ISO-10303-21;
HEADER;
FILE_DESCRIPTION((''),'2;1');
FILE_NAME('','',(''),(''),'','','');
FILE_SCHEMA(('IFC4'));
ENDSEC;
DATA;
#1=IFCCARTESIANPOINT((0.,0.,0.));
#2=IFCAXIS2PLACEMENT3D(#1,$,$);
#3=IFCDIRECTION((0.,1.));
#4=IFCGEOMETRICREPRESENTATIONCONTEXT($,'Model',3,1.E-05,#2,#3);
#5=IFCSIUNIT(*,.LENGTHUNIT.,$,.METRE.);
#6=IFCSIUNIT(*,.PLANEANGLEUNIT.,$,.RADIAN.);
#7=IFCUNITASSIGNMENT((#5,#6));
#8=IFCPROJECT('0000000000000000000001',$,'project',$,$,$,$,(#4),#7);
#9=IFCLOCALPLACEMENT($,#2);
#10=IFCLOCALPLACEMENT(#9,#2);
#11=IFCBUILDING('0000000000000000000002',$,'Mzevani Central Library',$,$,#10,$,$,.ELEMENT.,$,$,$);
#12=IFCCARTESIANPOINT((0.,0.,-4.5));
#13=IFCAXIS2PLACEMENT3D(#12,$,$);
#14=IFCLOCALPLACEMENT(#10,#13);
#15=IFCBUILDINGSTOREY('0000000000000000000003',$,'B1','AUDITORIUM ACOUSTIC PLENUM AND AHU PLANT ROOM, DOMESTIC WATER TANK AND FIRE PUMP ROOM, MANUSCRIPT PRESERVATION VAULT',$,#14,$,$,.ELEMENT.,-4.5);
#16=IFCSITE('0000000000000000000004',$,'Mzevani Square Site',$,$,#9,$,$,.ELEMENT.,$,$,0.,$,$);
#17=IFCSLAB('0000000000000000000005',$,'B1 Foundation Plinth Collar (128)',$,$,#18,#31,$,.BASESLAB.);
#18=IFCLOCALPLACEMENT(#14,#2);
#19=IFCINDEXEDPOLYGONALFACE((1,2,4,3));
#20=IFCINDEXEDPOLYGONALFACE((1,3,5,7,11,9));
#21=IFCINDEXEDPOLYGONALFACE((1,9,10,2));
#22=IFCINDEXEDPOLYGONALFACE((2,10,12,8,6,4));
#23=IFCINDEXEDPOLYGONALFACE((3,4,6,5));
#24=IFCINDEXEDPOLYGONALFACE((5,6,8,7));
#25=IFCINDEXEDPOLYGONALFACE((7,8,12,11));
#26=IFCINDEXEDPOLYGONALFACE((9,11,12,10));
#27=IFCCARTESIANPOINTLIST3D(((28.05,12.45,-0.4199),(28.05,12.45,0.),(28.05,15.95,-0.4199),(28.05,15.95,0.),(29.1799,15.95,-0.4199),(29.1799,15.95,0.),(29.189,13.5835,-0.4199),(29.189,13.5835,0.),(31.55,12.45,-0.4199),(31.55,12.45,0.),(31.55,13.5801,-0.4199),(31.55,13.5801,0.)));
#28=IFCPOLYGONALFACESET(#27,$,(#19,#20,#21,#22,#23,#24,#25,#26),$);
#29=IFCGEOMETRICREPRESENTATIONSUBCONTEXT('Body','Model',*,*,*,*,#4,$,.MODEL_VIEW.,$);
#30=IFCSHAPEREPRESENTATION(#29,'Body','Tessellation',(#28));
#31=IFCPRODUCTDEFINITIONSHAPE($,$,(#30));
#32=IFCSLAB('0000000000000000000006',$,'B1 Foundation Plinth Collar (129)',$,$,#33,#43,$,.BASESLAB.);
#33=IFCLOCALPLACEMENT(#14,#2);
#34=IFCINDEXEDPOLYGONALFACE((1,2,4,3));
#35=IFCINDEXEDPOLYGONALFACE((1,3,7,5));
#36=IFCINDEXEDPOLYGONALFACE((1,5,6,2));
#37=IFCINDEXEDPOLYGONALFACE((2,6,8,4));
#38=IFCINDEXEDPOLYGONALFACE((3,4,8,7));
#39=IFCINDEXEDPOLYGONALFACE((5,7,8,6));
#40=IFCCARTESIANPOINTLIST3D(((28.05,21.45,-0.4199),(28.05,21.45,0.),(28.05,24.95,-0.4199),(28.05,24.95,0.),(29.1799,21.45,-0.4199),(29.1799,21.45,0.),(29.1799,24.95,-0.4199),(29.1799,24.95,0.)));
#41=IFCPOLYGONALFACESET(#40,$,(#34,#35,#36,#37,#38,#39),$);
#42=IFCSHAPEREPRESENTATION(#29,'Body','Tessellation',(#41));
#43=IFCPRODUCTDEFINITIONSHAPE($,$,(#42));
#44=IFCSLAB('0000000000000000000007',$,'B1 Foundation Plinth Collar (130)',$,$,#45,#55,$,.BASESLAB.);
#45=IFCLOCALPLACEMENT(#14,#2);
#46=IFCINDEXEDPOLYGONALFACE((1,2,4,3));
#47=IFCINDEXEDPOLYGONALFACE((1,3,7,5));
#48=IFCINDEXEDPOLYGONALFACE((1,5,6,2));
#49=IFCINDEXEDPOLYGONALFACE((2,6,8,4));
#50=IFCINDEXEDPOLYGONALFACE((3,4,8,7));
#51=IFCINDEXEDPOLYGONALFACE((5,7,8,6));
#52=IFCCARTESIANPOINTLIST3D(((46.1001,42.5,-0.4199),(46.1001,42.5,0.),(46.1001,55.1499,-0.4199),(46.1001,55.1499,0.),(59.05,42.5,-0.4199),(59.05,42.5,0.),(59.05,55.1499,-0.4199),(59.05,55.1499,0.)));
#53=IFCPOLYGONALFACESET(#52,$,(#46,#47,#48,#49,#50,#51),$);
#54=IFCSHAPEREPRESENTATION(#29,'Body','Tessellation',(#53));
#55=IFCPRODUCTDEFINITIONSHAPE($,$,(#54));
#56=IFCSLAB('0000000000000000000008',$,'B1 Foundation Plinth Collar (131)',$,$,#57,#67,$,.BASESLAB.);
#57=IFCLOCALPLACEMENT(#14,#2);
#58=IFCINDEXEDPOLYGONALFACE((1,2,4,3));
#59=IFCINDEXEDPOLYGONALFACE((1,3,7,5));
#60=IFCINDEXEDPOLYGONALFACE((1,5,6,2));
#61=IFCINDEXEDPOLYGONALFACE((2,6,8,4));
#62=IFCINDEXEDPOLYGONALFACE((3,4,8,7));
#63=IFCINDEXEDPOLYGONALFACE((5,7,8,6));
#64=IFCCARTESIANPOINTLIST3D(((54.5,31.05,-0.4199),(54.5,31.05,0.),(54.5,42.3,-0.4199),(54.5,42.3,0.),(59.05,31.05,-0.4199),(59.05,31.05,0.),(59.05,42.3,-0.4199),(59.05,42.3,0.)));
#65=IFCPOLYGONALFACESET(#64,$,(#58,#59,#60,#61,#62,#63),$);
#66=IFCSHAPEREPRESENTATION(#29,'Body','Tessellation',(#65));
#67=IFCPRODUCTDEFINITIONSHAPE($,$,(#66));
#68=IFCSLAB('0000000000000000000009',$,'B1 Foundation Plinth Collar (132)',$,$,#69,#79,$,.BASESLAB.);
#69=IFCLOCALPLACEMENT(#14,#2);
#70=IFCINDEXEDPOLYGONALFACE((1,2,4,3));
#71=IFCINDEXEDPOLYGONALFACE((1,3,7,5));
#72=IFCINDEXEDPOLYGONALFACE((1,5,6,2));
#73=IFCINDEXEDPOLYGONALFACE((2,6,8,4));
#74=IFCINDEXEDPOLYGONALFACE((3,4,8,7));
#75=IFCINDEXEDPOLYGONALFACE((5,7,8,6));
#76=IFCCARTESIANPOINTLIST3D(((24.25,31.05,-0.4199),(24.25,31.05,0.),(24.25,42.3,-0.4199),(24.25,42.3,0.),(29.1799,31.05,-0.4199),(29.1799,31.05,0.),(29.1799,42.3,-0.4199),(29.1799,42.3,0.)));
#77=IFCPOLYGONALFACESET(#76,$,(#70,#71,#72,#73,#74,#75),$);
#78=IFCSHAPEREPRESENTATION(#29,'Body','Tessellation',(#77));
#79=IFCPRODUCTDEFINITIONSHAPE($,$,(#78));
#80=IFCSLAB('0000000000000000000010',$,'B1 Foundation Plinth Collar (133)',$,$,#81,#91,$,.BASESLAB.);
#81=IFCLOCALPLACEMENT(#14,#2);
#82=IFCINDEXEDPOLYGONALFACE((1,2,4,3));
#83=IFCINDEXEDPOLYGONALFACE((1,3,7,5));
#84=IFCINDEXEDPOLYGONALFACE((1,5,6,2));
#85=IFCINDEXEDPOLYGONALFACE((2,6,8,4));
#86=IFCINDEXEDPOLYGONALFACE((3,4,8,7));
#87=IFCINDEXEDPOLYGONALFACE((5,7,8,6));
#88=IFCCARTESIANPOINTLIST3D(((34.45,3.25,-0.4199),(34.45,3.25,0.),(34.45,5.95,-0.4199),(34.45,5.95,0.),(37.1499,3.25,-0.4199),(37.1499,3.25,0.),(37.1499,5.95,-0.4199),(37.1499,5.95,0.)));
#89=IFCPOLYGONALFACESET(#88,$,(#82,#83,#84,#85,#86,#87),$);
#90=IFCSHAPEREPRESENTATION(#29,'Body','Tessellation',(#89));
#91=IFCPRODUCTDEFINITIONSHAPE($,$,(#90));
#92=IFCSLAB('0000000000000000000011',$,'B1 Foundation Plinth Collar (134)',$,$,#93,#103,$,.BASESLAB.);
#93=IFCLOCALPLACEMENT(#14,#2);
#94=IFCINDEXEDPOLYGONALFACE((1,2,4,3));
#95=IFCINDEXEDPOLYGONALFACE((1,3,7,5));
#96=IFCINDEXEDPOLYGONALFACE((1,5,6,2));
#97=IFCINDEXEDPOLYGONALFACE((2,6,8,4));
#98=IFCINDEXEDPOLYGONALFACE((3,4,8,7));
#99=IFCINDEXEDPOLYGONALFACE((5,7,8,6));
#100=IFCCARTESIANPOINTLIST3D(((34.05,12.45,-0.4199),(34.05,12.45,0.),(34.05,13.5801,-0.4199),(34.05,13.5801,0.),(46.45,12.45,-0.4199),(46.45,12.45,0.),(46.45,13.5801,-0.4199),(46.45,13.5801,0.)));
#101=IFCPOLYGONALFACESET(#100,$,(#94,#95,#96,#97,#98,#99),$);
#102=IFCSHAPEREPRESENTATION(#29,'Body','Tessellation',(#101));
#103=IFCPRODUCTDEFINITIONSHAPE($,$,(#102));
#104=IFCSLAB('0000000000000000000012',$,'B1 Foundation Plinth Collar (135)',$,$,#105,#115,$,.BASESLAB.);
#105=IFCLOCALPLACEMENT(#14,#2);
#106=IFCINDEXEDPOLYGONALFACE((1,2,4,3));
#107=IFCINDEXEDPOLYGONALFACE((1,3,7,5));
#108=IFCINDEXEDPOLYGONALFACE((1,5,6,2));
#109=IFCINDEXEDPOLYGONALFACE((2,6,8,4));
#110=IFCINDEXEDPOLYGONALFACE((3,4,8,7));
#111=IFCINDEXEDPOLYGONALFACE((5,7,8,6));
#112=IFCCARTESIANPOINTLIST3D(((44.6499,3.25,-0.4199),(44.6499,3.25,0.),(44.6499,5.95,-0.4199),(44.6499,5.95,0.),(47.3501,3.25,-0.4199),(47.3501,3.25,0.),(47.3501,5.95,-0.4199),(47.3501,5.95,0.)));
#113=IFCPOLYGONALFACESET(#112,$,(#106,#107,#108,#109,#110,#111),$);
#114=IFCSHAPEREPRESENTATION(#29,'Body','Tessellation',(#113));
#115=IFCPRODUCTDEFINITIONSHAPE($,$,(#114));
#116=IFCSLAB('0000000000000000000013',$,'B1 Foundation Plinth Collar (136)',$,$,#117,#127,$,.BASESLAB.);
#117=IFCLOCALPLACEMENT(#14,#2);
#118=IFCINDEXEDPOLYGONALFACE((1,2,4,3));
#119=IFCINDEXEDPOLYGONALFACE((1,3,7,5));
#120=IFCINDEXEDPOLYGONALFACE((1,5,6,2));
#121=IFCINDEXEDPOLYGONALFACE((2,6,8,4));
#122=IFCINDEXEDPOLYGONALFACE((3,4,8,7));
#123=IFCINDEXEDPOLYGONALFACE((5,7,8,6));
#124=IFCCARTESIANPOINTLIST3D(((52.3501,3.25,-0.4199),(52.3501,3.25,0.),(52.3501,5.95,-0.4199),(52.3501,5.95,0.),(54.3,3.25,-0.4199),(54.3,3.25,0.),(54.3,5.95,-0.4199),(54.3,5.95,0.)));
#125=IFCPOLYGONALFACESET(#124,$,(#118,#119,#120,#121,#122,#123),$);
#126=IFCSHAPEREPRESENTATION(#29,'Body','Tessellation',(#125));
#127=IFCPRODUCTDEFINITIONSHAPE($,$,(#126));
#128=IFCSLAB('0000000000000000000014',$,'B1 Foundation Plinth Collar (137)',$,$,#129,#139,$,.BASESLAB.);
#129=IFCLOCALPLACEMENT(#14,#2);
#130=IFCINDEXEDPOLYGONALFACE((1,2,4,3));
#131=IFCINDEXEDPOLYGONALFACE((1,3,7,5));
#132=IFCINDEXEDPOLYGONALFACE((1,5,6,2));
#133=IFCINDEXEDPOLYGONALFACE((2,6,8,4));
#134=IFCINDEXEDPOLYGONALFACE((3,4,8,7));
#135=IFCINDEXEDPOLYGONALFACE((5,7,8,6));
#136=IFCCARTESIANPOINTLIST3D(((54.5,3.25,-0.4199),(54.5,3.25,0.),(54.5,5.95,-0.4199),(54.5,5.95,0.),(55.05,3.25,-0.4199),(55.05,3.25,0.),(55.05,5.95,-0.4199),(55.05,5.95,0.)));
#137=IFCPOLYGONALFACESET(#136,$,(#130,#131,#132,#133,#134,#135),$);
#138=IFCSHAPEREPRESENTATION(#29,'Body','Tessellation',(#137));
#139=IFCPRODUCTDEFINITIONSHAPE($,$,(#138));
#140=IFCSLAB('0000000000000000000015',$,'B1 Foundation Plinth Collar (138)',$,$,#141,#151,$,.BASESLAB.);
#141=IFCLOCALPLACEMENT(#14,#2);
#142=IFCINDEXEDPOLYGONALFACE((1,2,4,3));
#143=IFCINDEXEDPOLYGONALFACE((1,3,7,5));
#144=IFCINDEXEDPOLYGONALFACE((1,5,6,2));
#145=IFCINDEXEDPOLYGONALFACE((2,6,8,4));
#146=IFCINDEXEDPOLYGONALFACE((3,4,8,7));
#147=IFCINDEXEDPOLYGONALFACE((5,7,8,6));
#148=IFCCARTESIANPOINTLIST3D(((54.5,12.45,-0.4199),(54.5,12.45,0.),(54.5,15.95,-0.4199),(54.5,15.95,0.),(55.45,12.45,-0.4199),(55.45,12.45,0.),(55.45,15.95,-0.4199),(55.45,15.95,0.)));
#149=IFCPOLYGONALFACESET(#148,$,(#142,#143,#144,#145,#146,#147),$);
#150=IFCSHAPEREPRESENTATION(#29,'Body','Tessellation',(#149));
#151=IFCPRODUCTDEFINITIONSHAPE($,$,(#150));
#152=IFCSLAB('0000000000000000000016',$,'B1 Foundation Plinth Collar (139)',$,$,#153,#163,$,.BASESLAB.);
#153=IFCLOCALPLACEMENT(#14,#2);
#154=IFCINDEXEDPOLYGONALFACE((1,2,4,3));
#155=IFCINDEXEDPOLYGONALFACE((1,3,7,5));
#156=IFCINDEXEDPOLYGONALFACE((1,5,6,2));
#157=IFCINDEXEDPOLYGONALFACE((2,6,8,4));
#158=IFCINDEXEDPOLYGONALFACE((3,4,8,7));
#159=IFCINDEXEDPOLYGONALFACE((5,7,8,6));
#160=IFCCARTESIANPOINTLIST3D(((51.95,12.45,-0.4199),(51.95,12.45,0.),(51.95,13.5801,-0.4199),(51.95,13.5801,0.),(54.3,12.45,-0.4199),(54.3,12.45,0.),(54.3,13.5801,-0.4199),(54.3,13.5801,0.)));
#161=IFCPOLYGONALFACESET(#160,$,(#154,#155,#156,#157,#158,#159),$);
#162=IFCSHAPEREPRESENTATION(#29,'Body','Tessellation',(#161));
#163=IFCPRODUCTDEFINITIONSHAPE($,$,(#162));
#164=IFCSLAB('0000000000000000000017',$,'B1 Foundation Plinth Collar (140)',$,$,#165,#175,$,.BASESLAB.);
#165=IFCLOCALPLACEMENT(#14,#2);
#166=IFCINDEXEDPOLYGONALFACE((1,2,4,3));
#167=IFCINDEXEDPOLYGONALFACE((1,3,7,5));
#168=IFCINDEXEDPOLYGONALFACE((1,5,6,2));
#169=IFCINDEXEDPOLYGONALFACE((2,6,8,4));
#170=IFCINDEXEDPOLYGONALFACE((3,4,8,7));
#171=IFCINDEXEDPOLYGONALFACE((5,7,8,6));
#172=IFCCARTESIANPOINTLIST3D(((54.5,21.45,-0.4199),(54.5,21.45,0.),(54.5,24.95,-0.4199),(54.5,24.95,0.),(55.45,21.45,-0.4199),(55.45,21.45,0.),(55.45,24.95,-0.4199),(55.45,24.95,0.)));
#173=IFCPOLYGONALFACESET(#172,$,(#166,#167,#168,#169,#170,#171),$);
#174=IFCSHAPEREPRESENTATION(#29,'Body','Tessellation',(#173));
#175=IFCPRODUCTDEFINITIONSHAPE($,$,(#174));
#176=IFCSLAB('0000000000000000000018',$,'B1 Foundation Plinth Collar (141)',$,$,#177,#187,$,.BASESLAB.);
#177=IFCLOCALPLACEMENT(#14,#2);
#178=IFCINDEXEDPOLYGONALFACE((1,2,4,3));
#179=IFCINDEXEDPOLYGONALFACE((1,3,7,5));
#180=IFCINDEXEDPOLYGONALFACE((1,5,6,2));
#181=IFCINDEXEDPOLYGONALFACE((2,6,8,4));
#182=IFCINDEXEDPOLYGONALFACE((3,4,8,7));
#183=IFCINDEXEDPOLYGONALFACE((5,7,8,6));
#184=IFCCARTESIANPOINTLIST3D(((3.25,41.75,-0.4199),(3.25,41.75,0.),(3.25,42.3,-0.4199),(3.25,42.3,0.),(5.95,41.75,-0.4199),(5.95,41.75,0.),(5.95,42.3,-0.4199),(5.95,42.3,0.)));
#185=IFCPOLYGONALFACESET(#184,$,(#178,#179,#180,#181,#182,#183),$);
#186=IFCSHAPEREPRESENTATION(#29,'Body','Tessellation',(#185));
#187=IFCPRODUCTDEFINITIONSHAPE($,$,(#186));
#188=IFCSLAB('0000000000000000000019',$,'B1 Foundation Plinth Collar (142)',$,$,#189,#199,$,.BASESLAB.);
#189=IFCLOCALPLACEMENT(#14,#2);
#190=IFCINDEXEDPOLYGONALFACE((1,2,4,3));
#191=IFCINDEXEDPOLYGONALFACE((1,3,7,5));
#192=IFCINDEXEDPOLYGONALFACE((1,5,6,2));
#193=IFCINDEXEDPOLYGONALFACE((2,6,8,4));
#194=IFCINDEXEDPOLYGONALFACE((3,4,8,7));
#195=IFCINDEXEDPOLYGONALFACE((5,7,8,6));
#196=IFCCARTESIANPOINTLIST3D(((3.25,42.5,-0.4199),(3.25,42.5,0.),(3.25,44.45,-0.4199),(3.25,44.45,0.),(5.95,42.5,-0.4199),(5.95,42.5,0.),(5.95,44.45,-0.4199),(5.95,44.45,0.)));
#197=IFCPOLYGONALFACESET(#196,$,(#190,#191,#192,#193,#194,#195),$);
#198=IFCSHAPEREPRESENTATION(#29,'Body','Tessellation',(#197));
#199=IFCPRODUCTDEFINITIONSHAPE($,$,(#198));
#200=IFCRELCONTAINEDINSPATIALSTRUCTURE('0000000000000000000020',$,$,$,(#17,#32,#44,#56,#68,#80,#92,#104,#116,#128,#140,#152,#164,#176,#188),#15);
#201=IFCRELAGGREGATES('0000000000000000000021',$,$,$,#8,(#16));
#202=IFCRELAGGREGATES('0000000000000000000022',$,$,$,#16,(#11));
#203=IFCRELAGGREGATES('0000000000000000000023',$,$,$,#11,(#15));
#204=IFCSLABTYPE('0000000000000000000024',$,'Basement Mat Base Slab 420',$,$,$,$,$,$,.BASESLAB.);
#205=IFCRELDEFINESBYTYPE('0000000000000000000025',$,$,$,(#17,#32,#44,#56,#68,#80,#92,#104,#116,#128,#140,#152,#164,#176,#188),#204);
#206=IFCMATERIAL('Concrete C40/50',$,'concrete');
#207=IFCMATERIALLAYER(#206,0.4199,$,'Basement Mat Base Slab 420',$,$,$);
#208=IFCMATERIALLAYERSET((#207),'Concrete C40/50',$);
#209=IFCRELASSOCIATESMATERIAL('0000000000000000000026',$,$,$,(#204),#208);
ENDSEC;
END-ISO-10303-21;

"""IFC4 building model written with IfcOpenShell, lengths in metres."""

from ifc_helpers import new_model, si_unit, direction, frame, origin, place, context, subcontext, project, spatial, polyline, outline, extrude, material, layer, layer_set, type_object, element, save


model = new_model("IFC4")

# Units and contexts
model_context = context("Model", 3, precision=1e-05, world=origin(), true_north=direction((0.0, 1.0)))
body_context = subcontext(model_context, "Body", "Model", "MODEL_VIEW")
ifc_project = project(units=[si_unit("LENGTHUNIT", "METRE"), si_unit("PLANEANGLEUNIT", "RADIAN")], contexts=[model_context])

# Site, building, storey
site_placement = place(None, origin())
site = spatial("IfcSite", under=ifc_project, at=site_placement, Name="Mzevani Square Site", CompositionType="ELEMENT", RefElevation=0.0)
building_placement = place(site_placement, origin())
building = spatial("IfcBuilding", under=site, at=building_placement, Name="Mzevani Central Library", CompositionType="ELEMENT")
storey_placement = place(building_placement, frame((0.0, 0.0, -4.5)))
storey = spatial("IfcBuildingStorey", under=building, at=storey_placement, Name="B1", Description="AUDITORIUM ACOUSTIC PLENUM AND AHU PLANT ROOM, DOMESTIC WATER TANK AND FIRE PUMP ROOM, MANUSCRIPT PRESERVATION VAULT", CompositionType="ELEMENT", Elevation=-4.5)

# Slabs
ifc_material = material(Name="Concrete C40/50", Category="concrete")
ifc_layer = layer(ifc_material, 0.4199, Name="Basement Mat Base Slab 420")
ifc_layer_set = layer_set([ifc_layer], Name="Concrete C40/50")
slab_type = type_object("IfcSlabType", Name="Basement Mat Base Slab 420", PredefinedType="BASESLAB", material=ifc_layer_set)
slab_1_placement = place(storey_placement, frame((0.0, 0.0, -0.4199)))
element("IfcSlab", 1, at=slab_1_placement, inside=storey, type_object=slab_type, Name="B1 Foundation Plinth Collar (128)", PredefinedType="BASESLAB", context=body_context, shape_type="SweptSolid", body=[
    extrude(outline(polyline([(28.05, 12.45), (28.05, 15.95), (29.1799, 15.95), (29.189, 13.5835), (31.55, 13.5801), (31.55, 12.45), (28.05, 12.45)])), origin(), (0.0, 0.0, 1.0), 0.4199),
])
slab_2_placement = place(storey_placement, frame((0.0, 0.0, -0.4199)))
element("IfcSlab", 2, at=slab_2_placement, inside=storey, type_object=slab_type, Name="B1 Foundation Plinth Collar (129)", PredefinedType="BASESLAB", context=body_context, shape_type="SweptSolid", body=[
    extrude(outline(polyline([(28.05, 24.95), (29.1799, 24.95), (29.1799, 21.45), (28.05, 21.45), (28.05, 24.95)])), origin(), (0.0, 0.0, 1.0), 0.4199),
])
slab_3_placement = place(storey_placement, frame((0.0, 0.0, -0.4199)))
element("IfcSlab", 3, at=slab_3_placement, inside=storey, type_object=slab_type, Name="B1 Foundation Plinth Collar (130)", PredefinedType="BASESLAB", context=body_context, shape_type="SweptSolid", body=[
    extrude(outline(polyline([(59.05, 42.5), (46.1001, 42.5), (46.1001, 55.1499), (59.05, 55.1499), (59.05, 42.5)])), origin(), (0.0, 0.0, 1.0), 0.4199),
])
slab_4_placement = place(storey_placement, frame((0.0, 0.0, -0.4199)))
element("IfcSlab", 4, at=slab_4_placement, inside=storey, type_object=slab_type, Name="B1 Foundation Plinth Collar (131)", PredefinedType="BASESLAB", context=body_context, shape_type="SweptSolid", body=[
    extrude(outline(polyline([(59.05, 31.05), (54.5, 31.05), (54.5, 42.3), (59.05, 42.3), (59.05, 31.05)])), origin(), (0.0, 0.0, 1.0), 0.4199),
])
slab_5_placement = place(storey_placement, frame((0.0, 0.0, -0.4199)))
element("IfcSlab", 5, at=slab_5_placement, inside=storey, type_object=slab_type, Name="B1 Foundation Plinth Collar (132)", PredefinedType="BASESLAB", context=body_context, shape_type="SweptSolid", body=[
    extrude(outline(polyline([(29.1799, 31.05), (24.25, 31.05), (24.25, 42.3), (29.1799, 42.3), (29.1799, 31.05)])), origin(), (0.0, 0.0, 1.0), 0.4199),
])
slab_6_placement = place(storey_placement, frame((0.0, 0.0, -0.4199)))
element("IfcSlab", 6, at=slab_6_placement, inside=storey, type_object=slab_type, Name="B1 Foundation Plinth Collar (133)", PredefinedType="BASESLAB", context=body_context, shape_type="SweptSolid", body=[
    extrude(outline(polyline([(34.45, 5.95), (37.1499, 5.95), (37.1499, 3.25), (34.45, 3.25), (34.45, 5.95)])), origin(), (0.0, 0.0, 1.0), 0.4199),
])
slab_7_placement = place(storey_placement, frame((0.0, 0.0, -0.4199)))
element("IfcSlab", 7, at=slab_7_placement, inside=storey, type_object=slab_type, Name="B1 Foundation Plinth Collar (134)", PredefinedType="BASESLAB", context=body_context, shape_type="SweptSolid", body=[
    extrude(outline(polyline([(34.05, 12.45), (34.05, 13.5801), (46.45, 13.5801), (46.45, 12.45), (34.05, 12.45)])), origin(), (0.0, 0.0, 1.0), 0.4199),
])
slab_8_placement = place(storey_placement, frame((0.0, 0.0, -0.4199)))
element("IfcSlab", 8, at=slab_8_placement, inside=storey, type_object=slab_type, Name="B1 Foundation Plinth Collar (135)", PredefinedType="BASESLAB", context=body_context, shape_type="SweptSolid", body=[
    extrude(outline(polyline([(44.6499, 5.95), (47.3501, 5.95), (47.3501, 3.25), (44.6499, 3.25), (44.6499, 5.95)])), origin(), (0.0, 0.0, 1.0), 0.4199),
])
slab_9_placement = place(storey_placement, frame((0.0, 0.0, -0.4199)))
element("IfcSlab", 9, at=slab_9_placement, inside=storey, type_object=slab_type, Name="B1 Foundation Plinth Collar (136)", PredefinedType="BASESLAB", context=body_context, shape_type="SweptSolid", body=[
    extrude(outline(polyline([(52.3501, 5.95), (54.3, 5.95), (54.3, 3.25), (52.3501, 3.25), (52.3501, 5.95)])), origin(), (0.0, 0.0, 1.0), 0.4199),
])
slab_10_placement = place(storey_placement, frame((0.0, 0.0, -0.4199)))
element("IfcSlab", 10, at=slab_10_placement, inside=storey, type_object=slab_type, Name="B1 Foundation Plinth Collar (137)", PredefinedType="BASESLAB", context=body_context, shape_type="SweptSolid", body=[
    extrude(outline(polyline([(55.05, 5.95), (55.05, 3.25), (54.5, 3.25), (54.5, 5.95), (55.05, 5.95)])), origin(), (0.0, 0.0, 1.0), 0.4199),
])
slab_11_placement = place(storey_placement, frame((0.0, 0.0, -0.4199)))
element("IfcSlab", 11, at=slab_11_placement, inside=storey, type_object=slab_type, Name="B1 Foundation Plinth Collar (138)", PredefinedType="BASESLAB", context=body_context, shape_type="SweptSolid", body=[
    extrude(outline(polyline([(55.45, 12.45), (54.5, 12.45), (54.5, 15.95), (55.45, 15.95), (55.45, 12.45)])), origin(), (0.0, 0.0, 1.0), 0.4199),
])
slab_12_placement = place(storey_placement, frame((0.0, 0.0, -0.4199)))
element("IfcSlab", 12, at=slab_12_placement, inside=storey, type_object=slab_type, Name="B1 Foundation Plinth Collar (139)", PredefinedType="BASESLAB", context=body_context, shape_type="SweptSolid", body=[
    extrude(outline(polyline([(51.95, 12.45), (51.95, 13.5801), (54.3, 13.5801), (54.3, 12.45), (51.95, 12.45)])), origin(), (0.0, 0.0, 1.0), 0.4199),
])
slab_13_placement = place(storey_placement, frame((0.0, 0.0, -0.4199)))
element("IfcSlab", 13, at=slab_13_placement, inside=storey, type_object=slab_type, Name="B1 Foundation Plinth Collar (140)", PredefinedType="BASESLAB", context=body_context, shape_type="SweptSolid", body=[
    extrude(outline(polyline([(55.45, 21.45), (54.5, 21.45), (54.5, 24.95), (55.45, 24.95), (55.45, 21.45)])), origin(), (0.0, 0.0, 1.0), 0.4199),
])
slab_14_placement = place(storey_placement, frame((0.0, 0.0, -0.4199)))
element("IfcSlab", 14, at=slab_14_placement, inside=storey, type_object=slab_type, Name="B1 Foundation Plinth Collar (141)", PredefinedType="BASESLAB", context=body_context, shape_type="SweptSolid", body=[
    extrude(outline(polyline([(3.25, 42.3), (5.95, 42.3), (5.95, 41.75), (3.25, 41.75), (3.25, 42.3)])), origin(), (0.0, 0.0, 1.0), 0.4199),
])
slab_15_placement = place(storey_placement, frame((0.0, 0.0, -0.4199)))
element("IfcSlab", 15, at=slab_15_placement, inside=storey, type_object=slab_type, Name="B1 Foundation Plinth Collar (142)", PredefinedType="BASESLAB", context=body_context, shape_type="SweptSolid", body=[
    extrude(outline(polyline([(3.25, 44.45), (5.95, 44.45), (5.95, 42.5), (3.25, 42.5), (3.25, 44.45)])), origin(), (0.0, 0.0, 1.0), 0.4199),
])

save(model, "model.ifc")
